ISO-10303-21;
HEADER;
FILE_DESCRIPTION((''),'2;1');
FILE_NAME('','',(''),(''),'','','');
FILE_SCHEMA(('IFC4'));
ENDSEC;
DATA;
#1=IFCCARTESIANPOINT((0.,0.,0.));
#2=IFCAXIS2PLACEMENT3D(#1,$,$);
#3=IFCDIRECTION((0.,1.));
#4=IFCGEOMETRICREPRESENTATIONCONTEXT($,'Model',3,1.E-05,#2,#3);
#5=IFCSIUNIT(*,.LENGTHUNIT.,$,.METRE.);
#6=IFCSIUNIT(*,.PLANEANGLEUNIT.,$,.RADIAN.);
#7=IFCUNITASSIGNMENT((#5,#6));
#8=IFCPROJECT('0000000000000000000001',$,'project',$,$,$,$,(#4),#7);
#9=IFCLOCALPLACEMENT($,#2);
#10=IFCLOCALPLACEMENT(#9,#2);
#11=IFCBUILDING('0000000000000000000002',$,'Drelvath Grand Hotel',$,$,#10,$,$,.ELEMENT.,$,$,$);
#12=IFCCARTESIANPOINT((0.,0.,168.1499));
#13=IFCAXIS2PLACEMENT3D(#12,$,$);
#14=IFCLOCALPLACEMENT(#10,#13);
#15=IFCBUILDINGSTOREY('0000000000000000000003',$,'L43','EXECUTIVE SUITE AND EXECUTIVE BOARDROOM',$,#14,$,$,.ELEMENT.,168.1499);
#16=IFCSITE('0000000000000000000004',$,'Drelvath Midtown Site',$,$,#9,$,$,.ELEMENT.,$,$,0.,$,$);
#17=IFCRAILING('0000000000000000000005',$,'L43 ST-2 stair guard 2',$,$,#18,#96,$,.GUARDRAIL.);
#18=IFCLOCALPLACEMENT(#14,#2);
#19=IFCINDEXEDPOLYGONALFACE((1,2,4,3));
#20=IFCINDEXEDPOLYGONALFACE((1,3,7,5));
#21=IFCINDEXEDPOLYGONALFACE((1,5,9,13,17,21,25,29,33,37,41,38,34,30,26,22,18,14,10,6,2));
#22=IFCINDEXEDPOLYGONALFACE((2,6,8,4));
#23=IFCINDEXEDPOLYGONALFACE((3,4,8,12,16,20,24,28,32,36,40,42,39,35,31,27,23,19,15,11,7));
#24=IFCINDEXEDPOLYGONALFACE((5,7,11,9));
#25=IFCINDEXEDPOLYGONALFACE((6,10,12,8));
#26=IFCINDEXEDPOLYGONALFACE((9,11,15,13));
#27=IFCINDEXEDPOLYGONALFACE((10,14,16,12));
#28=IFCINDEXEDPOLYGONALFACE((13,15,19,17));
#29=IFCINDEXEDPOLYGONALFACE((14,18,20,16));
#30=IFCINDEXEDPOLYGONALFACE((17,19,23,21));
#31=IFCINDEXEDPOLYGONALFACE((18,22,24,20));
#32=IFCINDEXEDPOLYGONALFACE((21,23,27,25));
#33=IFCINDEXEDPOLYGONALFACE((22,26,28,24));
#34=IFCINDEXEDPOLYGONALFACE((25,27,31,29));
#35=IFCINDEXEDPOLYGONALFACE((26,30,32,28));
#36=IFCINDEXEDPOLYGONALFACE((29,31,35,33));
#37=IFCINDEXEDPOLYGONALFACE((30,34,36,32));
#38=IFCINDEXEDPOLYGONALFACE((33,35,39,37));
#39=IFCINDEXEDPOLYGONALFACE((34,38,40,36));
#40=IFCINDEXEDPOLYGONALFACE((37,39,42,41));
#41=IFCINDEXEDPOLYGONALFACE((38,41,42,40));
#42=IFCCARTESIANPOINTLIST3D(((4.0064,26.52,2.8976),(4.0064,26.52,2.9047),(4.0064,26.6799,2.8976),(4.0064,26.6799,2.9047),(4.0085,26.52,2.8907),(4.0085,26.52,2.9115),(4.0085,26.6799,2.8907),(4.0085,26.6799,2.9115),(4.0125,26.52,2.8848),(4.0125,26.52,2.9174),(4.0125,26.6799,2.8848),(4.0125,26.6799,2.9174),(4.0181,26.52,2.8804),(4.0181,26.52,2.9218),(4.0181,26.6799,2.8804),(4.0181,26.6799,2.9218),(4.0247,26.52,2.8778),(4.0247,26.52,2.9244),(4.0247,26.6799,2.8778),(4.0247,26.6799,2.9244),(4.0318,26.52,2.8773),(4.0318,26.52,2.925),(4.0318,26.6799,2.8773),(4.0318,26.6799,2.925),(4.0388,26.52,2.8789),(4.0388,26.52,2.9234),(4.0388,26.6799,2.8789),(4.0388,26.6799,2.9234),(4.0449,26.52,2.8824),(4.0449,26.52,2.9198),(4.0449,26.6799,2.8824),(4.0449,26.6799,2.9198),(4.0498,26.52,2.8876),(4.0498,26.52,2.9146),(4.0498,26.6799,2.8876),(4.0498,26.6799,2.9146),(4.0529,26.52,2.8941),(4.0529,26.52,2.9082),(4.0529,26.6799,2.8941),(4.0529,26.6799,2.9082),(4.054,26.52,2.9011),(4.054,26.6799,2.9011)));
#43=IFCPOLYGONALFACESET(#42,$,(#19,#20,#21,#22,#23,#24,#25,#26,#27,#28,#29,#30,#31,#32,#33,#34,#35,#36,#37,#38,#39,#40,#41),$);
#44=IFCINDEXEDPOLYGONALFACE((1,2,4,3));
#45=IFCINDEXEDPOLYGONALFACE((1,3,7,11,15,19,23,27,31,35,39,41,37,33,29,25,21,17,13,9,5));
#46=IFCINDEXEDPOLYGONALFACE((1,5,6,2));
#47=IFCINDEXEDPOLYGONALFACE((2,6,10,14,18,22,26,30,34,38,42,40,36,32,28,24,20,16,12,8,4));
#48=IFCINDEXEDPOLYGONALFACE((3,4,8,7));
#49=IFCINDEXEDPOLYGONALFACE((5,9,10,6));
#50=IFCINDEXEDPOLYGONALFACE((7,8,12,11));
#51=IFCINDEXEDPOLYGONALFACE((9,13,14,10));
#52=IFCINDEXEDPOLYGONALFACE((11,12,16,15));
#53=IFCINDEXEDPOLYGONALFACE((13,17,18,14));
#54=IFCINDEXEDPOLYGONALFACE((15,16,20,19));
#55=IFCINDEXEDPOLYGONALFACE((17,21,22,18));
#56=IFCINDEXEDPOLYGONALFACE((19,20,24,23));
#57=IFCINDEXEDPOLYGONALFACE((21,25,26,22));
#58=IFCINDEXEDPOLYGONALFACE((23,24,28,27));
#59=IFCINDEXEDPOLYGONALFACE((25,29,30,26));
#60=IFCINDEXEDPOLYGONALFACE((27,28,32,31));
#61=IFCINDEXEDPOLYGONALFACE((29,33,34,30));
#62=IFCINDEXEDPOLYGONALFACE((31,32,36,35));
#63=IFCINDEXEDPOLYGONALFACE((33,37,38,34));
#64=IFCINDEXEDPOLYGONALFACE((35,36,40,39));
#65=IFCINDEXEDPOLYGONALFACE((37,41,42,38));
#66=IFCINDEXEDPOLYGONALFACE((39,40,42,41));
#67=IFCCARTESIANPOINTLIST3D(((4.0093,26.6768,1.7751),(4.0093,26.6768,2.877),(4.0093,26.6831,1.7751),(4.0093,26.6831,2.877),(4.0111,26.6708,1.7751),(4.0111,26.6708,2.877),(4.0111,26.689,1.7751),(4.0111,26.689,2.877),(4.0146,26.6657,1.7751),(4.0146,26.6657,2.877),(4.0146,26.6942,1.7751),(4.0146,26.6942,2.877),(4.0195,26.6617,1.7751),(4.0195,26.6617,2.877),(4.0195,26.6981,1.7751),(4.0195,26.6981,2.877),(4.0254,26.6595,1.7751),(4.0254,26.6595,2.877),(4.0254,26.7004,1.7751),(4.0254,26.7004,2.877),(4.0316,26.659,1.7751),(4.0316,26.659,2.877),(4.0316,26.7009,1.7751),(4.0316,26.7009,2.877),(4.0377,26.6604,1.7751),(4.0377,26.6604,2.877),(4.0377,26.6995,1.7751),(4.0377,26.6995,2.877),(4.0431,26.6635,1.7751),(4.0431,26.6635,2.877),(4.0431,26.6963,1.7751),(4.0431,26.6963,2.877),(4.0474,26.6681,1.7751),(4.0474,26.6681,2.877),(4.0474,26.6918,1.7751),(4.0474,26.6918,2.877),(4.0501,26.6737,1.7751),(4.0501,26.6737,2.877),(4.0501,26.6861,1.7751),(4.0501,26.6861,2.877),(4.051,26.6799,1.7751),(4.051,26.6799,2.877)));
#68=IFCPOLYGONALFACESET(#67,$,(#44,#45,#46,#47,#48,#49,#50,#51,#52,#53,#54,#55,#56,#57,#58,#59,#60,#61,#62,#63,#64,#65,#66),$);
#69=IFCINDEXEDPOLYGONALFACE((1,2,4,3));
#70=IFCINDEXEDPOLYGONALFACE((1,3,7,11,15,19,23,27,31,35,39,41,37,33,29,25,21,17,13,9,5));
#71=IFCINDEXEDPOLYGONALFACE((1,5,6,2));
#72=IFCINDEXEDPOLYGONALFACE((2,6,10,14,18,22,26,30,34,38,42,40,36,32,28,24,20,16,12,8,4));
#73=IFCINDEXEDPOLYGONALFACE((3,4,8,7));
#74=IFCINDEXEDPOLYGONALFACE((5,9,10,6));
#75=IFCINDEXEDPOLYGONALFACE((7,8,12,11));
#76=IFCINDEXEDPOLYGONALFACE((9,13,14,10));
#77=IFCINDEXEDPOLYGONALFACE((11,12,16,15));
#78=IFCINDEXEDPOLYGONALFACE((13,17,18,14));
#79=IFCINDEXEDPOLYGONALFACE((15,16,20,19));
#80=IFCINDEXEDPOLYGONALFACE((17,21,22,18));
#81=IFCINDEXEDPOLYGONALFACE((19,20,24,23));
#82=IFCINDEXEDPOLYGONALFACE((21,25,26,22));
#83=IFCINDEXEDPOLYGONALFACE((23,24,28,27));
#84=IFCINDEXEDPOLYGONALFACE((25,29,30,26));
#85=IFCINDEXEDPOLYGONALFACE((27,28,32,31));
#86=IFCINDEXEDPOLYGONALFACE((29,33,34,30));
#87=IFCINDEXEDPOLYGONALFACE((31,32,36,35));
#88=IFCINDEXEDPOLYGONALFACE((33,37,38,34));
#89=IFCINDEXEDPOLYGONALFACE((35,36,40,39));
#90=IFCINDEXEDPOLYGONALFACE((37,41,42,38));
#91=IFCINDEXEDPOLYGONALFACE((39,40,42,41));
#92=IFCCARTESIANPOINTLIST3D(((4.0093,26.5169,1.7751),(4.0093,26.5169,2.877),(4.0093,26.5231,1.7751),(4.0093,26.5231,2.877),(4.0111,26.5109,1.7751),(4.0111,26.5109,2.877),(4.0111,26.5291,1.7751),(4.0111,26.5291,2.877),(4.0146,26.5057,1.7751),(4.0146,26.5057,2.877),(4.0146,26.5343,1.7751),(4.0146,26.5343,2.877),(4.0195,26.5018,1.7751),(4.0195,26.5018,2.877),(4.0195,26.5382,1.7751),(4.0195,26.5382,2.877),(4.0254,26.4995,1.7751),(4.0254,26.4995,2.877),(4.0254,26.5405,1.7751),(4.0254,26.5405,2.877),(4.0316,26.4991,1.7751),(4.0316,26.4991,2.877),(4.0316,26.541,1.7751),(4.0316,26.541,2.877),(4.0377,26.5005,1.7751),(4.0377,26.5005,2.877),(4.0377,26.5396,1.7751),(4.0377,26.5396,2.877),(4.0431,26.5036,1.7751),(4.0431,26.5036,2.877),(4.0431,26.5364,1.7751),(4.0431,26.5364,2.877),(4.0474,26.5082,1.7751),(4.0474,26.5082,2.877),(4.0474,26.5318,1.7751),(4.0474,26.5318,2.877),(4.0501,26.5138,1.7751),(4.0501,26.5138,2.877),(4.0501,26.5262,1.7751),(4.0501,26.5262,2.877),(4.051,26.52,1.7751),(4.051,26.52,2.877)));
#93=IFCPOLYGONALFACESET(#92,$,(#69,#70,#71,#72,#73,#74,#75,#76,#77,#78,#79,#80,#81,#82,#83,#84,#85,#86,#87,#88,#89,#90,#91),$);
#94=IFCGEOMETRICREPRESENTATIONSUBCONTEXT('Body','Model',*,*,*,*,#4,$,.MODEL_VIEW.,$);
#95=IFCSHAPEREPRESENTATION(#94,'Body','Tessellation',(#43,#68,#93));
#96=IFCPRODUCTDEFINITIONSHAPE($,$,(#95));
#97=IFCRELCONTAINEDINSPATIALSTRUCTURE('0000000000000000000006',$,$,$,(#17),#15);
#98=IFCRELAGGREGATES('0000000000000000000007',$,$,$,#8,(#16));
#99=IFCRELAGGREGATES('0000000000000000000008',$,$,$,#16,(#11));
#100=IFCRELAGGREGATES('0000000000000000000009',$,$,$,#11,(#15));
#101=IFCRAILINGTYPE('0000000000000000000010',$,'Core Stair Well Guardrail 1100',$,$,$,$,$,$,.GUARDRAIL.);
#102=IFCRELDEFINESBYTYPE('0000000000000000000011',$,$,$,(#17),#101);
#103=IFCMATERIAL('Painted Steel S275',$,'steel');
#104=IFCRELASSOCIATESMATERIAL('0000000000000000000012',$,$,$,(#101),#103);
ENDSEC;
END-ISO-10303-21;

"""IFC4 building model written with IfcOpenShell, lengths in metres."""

from ifc_helpers import new_model, si_unit, direction, frame, origin, origin_2d, place, context, subcontext, project, spatial, circle, extrude, material, type_object, element, save


model = new_model("IFC4")

# Units and contexts
model_context = context("Model", 3, precision=1e-05, world=origin(), true_north=direction((0.0, 1.0)))
body_context = subcontext(model_context, "Body", "Model", "MODEL_VIEW")
ifc_project = project(units=[si_unit("LENGTHUNIT", "METRE"), si_unit("PLANEANGLEUNIT", "RADIAN")], contexts=[model_context])

# Site, building, storey
site_placement = place(None, origin())
site = spatial("IfcSite", under=ifc_project, at=site_placement, Name="Drelvath Midtown Site", CompositionType="ELEMENT", RefElevation=0.0)
building_placement = place(site_placement, origin())
building = spatial("IfcBuilding", under=site, at=building_placement, Name="Drelvath Grand Hotel", CompositionType="ELEMENT")
storey_placement = place(building_placement, frame((0.0, 0.0, 168.1499)))
storey = spatial("IfcBuildingStorey", under=building, at=storey_placement, Name="L43", Description="EXECUTIVE SUITE AND EXECUTIVE BOARDROOM", CompositionType="ELEMENT", Elevation=168.1499)

# Railing
ifc_material_1 = material(Name="Painted Steel S275", Category="steel")
railing_type_1 = type_object("IfcRailingType", Name="Core Stair Well Guardrail 1100", PredefinedType="GUARDRAIL", material=ifc_material_1)
railing_1_placement = place(storey_placement, frame((4.03, 26.6799, 1.7751)))
element("IfcRailing", 1, at=railing_1_placement, inside=storey, type_object=railing_type_1, Name="L43 ST-2 stair guard 2", PredefinedType="GUARDRAIL", context=body_context, shape_type="SweptSolid", body=[
    extrude(circle(Radius=0.0239, at=origin_2d()), frame((0.0, 0.0, 1.126), z_axis=(0.0, -1.0, 0.0), x_axis=(1.0, 0.0, 0.0)), (0.0, 0.0, 1.0), 0.1599),
    extrude(circle(Radius=0.021, at=origin_2d()), origin(), (0.0, 0.0, 1.0), 1.1018),
    extrude(circle(Radius=0.021, at=origin_2d()), frame((0.0, -0.1599, 0.0)), (0.0, 0.0, 1.0), 1.1018),
])

save(model, "model.ifc")
